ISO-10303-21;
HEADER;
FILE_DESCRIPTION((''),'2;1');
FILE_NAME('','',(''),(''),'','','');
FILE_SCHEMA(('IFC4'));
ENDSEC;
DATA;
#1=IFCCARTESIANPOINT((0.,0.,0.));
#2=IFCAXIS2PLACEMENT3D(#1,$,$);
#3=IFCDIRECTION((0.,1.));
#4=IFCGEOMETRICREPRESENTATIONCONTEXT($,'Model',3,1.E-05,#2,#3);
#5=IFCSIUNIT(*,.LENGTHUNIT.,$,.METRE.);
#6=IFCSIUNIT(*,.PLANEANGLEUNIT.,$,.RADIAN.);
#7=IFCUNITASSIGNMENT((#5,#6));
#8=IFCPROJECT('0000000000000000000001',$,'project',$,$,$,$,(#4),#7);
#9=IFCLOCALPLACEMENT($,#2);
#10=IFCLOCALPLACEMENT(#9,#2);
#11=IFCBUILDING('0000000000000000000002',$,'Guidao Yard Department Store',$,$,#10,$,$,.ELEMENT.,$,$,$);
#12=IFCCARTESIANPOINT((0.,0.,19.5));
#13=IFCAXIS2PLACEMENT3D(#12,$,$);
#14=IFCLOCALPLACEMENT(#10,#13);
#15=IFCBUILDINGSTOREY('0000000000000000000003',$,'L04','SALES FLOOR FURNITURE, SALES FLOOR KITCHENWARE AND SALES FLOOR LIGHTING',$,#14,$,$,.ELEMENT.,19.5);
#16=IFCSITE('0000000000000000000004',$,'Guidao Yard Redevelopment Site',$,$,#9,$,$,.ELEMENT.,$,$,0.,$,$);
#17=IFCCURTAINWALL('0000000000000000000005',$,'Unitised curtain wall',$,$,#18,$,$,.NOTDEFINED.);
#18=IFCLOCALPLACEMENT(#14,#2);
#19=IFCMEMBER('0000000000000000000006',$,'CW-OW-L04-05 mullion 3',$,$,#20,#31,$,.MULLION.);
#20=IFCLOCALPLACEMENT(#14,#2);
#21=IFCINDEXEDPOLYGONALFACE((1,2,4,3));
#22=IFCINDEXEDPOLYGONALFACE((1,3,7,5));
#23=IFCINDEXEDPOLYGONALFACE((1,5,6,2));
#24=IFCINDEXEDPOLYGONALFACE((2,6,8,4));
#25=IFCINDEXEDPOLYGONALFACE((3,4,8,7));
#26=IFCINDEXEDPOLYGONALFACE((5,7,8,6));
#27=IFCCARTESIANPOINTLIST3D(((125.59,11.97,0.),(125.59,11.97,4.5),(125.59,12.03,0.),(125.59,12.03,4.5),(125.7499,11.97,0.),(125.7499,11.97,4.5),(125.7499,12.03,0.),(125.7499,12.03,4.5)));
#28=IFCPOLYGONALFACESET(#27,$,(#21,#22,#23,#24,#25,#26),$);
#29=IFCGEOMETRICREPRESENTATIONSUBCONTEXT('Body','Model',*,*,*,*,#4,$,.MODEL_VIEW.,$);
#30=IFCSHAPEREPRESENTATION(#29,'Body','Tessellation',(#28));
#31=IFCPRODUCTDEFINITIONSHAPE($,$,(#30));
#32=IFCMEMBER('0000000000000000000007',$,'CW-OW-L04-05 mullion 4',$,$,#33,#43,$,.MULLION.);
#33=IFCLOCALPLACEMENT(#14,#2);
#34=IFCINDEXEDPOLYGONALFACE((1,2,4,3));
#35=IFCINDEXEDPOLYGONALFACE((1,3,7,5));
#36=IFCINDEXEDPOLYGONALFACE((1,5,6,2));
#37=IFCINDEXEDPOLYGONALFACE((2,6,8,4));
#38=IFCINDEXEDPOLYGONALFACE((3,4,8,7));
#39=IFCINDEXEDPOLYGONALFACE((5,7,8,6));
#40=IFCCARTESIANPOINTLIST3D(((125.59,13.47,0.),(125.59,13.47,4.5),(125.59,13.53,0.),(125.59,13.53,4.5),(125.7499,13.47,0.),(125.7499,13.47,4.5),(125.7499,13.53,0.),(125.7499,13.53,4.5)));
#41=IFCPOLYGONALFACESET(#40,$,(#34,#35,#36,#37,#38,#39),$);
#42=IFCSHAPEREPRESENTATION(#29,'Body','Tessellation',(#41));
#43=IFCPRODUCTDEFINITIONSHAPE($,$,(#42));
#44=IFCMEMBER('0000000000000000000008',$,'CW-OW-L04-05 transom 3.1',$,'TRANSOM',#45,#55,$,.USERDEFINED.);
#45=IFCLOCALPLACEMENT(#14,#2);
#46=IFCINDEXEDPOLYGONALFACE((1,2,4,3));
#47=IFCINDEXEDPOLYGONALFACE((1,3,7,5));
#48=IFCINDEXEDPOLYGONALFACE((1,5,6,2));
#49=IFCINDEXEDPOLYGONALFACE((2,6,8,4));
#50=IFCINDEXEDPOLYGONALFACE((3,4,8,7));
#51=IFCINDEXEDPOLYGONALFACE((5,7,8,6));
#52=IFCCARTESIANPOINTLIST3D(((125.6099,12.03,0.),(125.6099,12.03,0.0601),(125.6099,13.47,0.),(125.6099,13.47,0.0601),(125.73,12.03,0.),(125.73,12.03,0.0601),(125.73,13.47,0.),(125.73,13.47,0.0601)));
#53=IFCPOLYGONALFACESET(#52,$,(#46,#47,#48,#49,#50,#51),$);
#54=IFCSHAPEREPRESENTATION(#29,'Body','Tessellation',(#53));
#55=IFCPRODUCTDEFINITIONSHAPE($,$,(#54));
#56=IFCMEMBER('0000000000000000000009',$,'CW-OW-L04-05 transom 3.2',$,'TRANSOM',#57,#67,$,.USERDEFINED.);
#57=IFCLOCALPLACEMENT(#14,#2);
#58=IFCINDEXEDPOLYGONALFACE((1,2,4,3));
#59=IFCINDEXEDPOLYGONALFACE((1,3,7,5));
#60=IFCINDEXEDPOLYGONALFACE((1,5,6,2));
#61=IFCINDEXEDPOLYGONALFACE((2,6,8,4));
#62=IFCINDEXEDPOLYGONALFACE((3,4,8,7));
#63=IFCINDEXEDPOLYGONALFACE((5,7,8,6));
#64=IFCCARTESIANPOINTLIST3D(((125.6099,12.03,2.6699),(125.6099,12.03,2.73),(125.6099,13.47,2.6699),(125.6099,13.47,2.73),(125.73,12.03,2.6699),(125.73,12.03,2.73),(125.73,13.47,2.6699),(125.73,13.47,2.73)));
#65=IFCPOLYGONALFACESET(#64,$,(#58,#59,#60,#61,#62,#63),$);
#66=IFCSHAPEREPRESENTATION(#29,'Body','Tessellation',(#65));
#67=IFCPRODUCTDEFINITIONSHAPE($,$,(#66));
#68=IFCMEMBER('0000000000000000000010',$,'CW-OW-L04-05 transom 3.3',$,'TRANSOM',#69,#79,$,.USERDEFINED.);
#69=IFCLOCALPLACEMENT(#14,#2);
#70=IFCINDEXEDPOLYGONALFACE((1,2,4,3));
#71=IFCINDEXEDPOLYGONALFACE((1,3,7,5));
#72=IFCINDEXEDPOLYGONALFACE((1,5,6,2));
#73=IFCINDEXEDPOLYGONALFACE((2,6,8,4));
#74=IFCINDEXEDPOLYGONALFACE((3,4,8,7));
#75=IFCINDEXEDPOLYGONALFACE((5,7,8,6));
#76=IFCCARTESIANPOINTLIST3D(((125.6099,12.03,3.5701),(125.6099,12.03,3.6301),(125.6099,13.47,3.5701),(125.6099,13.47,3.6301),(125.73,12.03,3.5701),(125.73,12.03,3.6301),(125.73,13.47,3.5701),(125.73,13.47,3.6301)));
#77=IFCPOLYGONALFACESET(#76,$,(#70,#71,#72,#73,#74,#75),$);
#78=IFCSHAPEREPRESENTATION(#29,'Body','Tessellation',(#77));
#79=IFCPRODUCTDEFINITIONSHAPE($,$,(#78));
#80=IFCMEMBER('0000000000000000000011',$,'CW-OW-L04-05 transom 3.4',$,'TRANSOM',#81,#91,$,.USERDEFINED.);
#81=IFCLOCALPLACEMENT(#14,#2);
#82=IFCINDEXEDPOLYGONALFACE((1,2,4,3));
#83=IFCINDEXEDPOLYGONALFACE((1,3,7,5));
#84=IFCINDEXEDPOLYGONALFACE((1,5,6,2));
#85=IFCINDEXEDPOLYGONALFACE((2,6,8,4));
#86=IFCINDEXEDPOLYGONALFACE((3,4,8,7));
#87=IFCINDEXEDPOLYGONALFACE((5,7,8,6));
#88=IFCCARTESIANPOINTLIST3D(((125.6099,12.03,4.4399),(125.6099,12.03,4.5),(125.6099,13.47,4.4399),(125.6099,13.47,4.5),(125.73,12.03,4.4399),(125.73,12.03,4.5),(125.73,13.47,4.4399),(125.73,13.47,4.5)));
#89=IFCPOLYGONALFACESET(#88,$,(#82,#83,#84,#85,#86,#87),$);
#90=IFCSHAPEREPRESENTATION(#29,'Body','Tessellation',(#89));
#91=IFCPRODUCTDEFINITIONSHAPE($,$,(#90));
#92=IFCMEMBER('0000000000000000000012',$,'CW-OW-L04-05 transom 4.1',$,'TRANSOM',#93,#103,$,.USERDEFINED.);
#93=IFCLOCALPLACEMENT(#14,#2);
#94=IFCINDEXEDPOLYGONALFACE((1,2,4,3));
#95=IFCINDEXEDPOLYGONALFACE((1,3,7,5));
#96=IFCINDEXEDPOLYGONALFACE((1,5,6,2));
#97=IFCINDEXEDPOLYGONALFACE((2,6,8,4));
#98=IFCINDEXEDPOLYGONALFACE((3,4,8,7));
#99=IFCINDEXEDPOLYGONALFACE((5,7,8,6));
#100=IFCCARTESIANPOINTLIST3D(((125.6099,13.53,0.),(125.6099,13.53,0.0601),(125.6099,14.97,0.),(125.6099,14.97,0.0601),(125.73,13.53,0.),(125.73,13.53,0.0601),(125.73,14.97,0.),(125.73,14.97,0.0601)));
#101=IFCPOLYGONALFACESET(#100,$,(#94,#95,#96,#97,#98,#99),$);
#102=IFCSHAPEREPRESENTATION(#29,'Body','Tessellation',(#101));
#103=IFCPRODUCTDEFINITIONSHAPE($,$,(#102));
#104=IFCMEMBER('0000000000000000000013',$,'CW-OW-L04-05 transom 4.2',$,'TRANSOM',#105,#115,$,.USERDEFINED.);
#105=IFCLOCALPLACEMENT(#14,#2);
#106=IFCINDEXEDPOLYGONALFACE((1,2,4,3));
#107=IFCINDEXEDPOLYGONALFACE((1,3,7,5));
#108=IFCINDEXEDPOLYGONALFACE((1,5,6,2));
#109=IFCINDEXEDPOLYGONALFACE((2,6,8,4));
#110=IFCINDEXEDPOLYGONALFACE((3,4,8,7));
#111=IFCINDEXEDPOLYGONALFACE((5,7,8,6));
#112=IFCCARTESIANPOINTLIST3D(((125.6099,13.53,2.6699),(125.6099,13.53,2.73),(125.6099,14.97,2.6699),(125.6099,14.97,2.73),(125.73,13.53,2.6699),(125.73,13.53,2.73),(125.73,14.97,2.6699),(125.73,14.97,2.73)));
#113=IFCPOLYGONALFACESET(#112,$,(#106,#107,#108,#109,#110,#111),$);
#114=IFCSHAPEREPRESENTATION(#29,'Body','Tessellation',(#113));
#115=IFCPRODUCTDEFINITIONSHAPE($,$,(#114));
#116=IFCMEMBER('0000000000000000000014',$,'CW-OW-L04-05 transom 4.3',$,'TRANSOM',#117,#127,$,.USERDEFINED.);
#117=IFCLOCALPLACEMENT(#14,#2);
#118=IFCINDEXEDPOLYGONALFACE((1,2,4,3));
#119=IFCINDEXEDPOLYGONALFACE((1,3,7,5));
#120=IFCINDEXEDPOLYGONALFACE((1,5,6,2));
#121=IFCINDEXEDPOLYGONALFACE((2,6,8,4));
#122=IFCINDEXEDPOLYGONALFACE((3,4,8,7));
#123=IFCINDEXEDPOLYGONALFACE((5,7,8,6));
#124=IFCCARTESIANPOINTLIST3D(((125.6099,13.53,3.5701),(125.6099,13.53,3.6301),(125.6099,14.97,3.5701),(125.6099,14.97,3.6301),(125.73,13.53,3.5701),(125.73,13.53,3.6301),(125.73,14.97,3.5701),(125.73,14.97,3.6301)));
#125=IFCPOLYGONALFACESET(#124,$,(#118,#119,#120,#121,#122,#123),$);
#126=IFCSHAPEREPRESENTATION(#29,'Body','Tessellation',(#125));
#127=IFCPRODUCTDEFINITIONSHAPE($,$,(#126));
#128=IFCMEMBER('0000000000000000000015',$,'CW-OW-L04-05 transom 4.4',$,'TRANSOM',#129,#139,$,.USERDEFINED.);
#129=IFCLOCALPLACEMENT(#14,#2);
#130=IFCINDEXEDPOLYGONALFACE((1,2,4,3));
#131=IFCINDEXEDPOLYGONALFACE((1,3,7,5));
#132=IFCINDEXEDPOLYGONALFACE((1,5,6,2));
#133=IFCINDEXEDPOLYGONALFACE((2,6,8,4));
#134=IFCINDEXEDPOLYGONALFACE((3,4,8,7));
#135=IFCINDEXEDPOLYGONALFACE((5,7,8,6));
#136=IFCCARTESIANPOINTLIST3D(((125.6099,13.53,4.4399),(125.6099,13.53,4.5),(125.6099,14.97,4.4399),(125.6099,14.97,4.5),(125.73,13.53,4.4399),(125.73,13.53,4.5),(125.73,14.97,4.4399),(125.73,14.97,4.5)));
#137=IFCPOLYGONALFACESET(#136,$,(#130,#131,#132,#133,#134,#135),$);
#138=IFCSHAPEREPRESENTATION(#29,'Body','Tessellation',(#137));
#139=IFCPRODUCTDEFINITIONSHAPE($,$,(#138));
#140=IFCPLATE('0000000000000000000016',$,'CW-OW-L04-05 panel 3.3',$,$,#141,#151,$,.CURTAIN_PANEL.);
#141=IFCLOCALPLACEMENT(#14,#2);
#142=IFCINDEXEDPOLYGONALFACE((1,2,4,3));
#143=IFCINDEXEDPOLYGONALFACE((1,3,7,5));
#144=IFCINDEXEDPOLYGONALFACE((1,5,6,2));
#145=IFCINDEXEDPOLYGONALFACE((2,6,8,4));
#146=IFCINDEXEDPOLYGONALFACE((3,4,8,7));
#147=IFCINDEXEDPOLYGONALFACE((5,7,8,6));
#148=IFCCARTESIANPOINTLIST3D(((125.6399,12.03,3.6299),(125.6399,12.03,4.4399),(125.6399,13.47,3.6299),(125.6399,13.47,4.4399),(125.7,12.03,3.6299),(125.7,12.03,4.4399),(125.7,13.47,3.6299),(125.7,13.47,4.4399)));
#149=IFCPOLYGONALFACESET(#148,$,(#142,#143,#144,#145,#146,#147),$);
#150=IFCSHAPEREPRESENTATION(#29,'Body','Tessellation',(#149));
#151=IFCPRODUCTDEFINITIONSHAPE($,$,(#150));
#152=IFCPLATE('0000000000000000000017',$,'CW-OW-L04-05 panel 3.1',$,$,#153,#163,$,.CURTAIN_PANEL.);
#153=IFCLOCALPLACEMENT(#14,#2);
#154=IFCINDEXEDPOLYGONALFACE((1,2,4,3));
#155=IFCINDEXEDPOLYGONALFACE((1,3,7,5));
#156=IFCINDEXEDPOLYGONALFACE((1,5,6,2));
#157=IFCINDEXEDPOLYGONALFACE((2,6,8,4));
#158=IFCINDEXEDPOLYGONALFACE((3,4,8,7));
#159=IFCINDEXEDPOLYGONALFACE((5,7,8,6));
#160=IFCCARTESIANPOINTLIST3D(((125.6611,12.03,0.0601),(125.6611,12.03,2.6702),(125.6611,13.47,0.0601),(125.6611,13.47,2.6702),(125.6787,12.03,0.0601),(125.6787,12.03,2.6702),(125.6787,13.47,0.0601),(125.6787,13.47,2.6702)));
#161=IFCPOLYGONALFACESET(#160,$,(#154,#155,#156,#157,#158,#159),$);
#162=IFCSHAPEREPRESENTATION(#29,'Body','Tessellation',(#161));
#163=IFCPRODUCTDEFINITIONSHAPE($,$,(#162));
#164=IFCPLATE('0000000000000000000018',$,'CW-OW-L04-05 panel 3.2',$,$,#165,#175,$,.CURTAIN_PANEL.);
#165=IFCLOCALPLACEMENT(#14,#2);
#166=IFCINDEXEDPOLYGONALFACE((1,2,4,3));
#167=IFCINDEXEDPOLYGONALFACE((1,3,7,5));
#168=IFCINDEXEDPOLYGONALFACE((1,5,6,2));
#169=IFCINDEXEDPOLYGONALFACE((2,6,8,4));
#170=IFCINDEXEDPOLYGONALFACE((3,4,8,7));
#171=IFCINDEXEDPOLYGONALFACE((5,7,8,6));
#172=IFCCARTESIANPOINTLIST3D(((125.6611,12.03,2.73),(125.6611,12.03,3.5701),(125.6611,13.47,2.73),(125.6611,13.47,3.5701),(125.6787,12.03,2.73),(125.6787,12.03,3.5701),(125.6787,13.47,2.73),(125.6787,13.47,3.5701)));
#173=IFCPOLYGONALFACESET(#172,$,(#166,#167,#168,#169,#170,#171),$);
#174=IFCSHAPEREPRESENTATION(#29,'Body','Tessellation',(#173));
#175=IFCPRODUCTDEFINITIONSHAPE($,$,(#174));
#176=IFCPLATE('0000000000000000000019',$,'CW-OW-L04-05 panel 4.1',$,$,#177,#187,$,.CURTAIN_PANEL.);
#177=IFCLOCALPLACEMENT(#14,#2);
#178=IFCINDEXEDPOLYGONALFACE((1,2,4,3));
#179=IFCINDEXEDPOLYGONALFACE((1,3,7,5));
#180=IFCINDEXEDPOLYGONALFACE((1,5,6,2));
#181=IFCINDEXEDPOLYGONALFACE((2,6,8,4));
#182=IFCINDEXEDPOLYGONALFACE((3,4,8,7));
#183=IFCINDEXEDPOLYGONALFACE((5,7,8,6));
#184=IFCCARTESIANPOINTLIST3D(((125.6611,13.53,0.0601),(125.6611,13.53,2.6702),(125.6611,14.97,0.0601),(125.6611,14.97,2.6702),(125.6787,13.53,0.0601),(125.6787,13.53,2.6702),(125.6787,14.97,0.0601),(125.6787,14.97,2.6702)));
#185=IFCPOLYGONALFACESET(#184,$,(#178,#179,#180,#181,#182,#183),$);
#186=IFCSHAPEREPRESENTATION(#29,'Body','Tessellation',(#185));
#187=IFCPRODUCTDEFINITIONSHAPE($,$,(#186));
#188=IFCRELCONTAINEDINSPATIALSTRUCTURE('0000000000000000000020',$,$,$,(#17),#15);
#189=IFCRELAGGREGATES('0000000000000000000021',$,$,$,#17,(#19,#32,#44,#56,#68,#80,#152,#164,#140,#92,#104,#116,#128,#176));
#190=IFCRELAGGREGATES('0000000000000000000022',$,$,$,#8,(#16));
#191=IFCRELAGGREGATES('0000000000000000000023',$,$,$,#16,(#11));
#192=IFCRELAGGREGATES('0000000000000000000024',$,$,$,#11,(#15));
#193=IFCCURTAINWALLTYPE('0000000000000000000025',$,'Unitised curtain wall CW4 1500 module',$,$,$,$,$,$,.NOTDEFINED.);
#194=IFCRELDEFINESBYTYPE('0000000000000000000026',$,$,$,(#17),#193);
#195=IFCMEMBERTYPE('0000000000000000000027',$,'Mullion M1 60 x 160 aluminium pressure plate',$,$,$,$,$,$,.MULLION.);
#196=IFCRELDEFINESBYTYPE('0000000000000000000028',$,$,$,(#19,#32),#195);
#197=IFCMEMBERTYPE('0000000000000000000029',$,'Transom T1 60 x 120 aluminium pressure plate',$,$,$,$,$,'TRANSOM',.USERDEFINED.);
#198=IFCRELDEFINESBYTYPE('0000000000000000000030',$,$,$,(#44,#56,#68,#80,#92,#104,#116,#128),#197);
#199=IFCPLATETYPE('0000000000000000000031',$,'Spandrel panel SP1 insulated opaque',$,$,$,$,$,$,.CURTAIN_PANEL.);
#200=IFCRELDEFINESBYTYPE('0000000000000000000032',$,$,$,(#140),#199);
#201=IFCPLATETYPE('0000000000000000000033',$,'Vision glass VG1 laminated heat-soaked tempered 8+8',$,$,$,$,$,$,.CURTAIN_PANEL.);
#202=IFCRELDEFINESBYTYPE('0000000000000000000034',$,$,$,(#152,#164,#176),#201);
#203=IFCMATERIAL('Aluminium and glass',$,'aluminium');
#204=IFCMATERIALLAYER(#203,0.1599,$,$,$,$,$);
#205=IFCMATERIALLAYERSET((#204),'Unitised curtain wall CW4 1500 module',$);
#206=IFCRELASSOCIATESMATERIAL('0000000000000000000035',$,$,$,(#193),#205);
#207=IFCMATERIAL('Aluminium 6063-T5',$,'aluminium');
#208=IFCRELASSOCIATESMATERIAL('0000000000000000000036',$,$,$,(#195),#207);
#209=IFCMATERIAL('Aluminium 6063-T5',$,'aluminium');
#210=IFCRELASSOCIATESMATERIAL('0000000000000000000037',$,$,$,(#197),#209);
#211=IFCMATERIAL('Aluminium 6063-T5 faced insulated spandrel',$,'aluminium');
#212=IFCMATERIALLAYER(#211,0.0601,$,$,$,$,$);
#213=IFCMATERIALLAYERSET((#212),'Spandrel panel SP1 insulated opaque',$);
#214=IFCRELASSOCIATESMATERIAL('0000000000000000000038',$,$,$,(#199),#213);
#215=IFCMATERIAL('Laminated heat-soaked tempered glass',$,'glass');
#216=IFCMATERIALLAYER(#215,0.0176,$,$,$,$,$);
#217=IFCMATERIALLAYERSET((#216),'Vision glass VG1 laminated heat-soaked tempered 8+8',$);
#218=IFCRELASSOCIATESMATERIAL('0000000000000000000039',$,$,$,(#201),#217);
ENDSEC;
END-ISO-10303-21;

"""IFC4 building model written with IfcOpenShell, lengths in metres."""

from ifc_helpers import new_model, si_unit, direction, frame, origin, origin_2d, place, context, subcontext, project, spatial, rectangle, extrude, material, layer, layer_set, material_profile, profile_set, type_object, element, aggregate, save


model = new_model("IFC4")

# Units and contexts
model_context = context("Model", 3, precision=1e-05, world=origin(), true_north=direction((0.0, 1.0)))
body_context = subcontext(model_context, "Body", "Model", "MODEL_VIEW")
ifc_project = project(units=[si_unit("LENGTHUNIT", "METRE"), si_unit("PLANEANGLEUNIT", "RADIAN")], contexts=[model_context])

# Site, building, storey
site_placement = place(None, origin())
site = spatial("IfcSite", under=ifc_project, at=site_placement, Name="Guidao Yard Redevelopment Site", CompositionType="ELEMENT", RefElevation=0.0)
building_placement = place(site_placement, origin())
building = spatial("IfcBuilding", under=site, at=building_placement, Name="Guidao Yard Department Store", CompositionType="ELEMENT")
storey_placement = place(building_placement, frame((0.0, 0.0, 19.5)))
storey = spatial("IfcBuildingStorey", under=building, at=storey_placement, Name="L04", Description="SALES FLOOR FURNITURE, SALES FLOOR KITCHENWARE AND SALES FLOOR LIGHTING", CompositionType="ELEMENT", Elevation=19.5)

# Curtain wall, members, plates
ifc_material_1 = material(Name="Aluminium and glass", Category="aluminium")
ifc_layer_1 = layer(ifc_material_1, 0.1599)
ifc_layer_set_1 = layer_set([ifc_layer_1], Name="Unitised curtain wall CW4 1500 module")
curtain_wall_type = type_object("IfcCurtainWallType", Name="Unitised curtain wall CW4 1500 module", PredefinedType="NOTDEFINED", material=ifc_layer_set_1)
curtain_wall_placement = place(storey_placement, origin())
curtain_wall = element("IfcCurtainWall", 1, at=curtain_wall_placement, inside=storey, type_object=curtain_wall_type, Name="Unitised curtain wall", PredefinedType="NOTDEFINED")
ifc_material_2 = material(Name="Aluminium 6063-T5", Category="aluminium")
ifc_material_profile_1 = material_profile(ifc_material_2, rectangle(XDim=0.0601, YDim=0.1599, at=origin_2d()), Name="Mullion M1 60 x 160 aluminium pressure plate")
ifc_profile_set_1 = profile_set([ifc_material_profile_1], Name="Aluminium 6063-T5")
member_type_1 = type_object("IfcMemberType", Name="Mullion M1 60 x 160 aluminium pressure plate", PredefinedType="MULLION", material=ifc_profile_set_1)
member_1_placement = place(storey_placement, frame((125.6699, 12.0, 0.0), z_axis=(0.0, 0.0, 1.0), x_axis=(0.0, 1.0, 0.0)))
member_1 = element("IfcMember", 2, at=member_1_placement, type_object=member_type_1, Name="CW-OW-L04-05 mullion 3", PredefinedType="MULLION", context=body_context, shape_type="SweptSolid", body=[
    extrude(rectangle(XDim=0.0601, YDim=0.1599, at=origin_2d()), origin(), (0.0, 0.0, 1.0), 4.5),
])
member_2_placement = place(storey_placement, frame((125.6699, 13.5, 0.0), z_axis=(0.0, 0.0, 1.0), x_axis=(0.0, 1.0, 0.0)))
member_2 = element("IfcMember", 3, at=member_2_placement, type_object=member_type_1, Name="CW-OW-L04-05 mullion 4", PredefinedType="MULLION", context=body_context, shape_type="SweptSolid", body=[
    extrude(rectangle(XDim=0.0601, YDim=0.1599, at=origin_2d()), origin(), (0.0, 0.0, 1.0), 4.5),
])
ifc_material_3 = material(Name="Aluminium 6063-T5", Category="aluminium")
ifc_material_profile_2 = material_profile(ifc_material_3, rectangle(XDim=0.1201, YDim=0.0601, at=origin_2d()), Name="Transom T1 60 x 120 aluminium pressure plate")
ifc_profile_set_2 = profile_set([ifc_material_profile_2], Name="Aluminium 6063-T5")
member_type_2 = type_object("IfcMemberType", Name="Transom T1 60 x 120 aluminium pressure plate", ElementType="TRANSOM", PredefinedType="USERDEFINED", material=ifc_profile_set_2)
member_3_placement = place(storey_placement, frame((125.6699, 12.03, 0.03), z_axis=(0.0, 1.0, 0.0), x_axis=(-1.0, 0.0, 0.0)))
member_3 = element("IfcMember", 4, at=member_3_placement, type_object=member_type_2, Name="CW-OW-L04-05 transom 3.1", ObjectType="TRANSOM", PredefinedType="USERDEFINED", context=body_context, shape_type="SweptSolid", body=[
    extrude(rectangle(XDim=0.1201, YDim=0.0601, at=origin_2d()), origin(), (0.0, 0.0, 1.0), 1.4399),
])
member_4_placement = place(storey_placement, frame((125.6699, 12.03, 2.7), z_axis=(0.0, 1.0, 0.0), x_axis=(-1.0, 0.0, 0.0)))
member_4 = element("IfcMember", 5, at=member_4_placement, type_object=member_type_2, Name="CW-OW-L04-05 transom 3.2", ObjectType="TRANSOM", PredefinedType="USERDEFINED", context=body_context, shape_type="SweptSolid", body=[
    extrude(rectangle(XDim=0.1201, YDim=0.0601, at=origin_2d()), origin(), (0.0, 0.0, 1.0), 1.4399),
])
member_5_placement = place(storey_placement, frame((125.6699, 12.03, 3.6001), z_axis=(0.0, 1.0, 0.0), x_axis=(-1.0, 0.0, 0.0)))
member_5 = element("IfcMember", 6, at=member_5_placement, type_object=member_type_2, Name="CW-OW-L04-05 transom 3.3", ObjectType="TRANSOM", PredefinedType="USERDEFINED", context=body_context, shape_type="SweptSolid", body=[
    extrude(rectangle(XDim=0.1201, YDim=0.0601, at=origin_2d()), origin(), (0.0, 0.0, 1.0), 1.4399),
])
member_6_placement = place(storey_placement, frame((125.6699, 12.03, 4.47), z_axis=(0.0, 1.0, 0.0), x_axis=(-1.0, 0.0, 0.0)))
member_6 = element("IfcMember", 7, at=member_6_placement, type_object=member_type_2, Name="CW-OW-L04-05 transom 3.4", ObjectType="TRANSOM", PredefinedType="USERDEFINED", context=body_context, shape_type="SweptSolid", body=[
    extrude(rectangle(XDim=0.1201, YDim=0.0601, at=origin_2d()), origin(), (0.0, 0.0, 1.0), 1.4399),
])
member_7_placement = place(storey_placement, frame((125.6699, 13.53, 0.03), z_axis=(0.0, 1.0, 0.0), x_axis=(-1.0, 0.0, 0.0)))
member_7 = element("IfcMember", 8, at=member_7_placement, type_object=member_type_2, Name="CW-OW-L04-05 transom 4.1", ObjectType="TRANSOM", PredefinedType="USERDEFINED", context=body_context, shape_type="SweptSolid", body=[
    extrude(rectangle(XDim=0.1201, YDim=0.0601, at=origin_2d()), origin(), (0.0, 0.0, 1.0), 1.4399),
])
member_8_placement = place(storey_placement, frame((125.6699, 13.53, 2.7), z_axis=(0.0, 1.0, 0.0), x_axis=(-1.0, 0.0, 0.0)))
member_8 = element("IfcMember", 9, at=member_8_placement, type_object=member_type_2, Name="CW-OW-L04-05 transom 4.2", ObjectType="TRANSOM", PredefinedType="USERDEFINED", context=body_context, shape_type="SweptSolid", body=[
    extrude(rectangle(XDim=0.1201, YDim=0.0601, at=origin_2d()), origin(), (0.0, 0.0, 1.0), 1.4399),
])
member_9_placement = place(storey_placement, frame((125.6699, 13.53, 3.6001), z_axis=(0.0, 1.0, 0.0), x_axis=(-1.0, 0.0, 0.0)))
member_9 = element("IfcMember", 10, at=member_9_placement, type_object=member_type_2, Name="CW-OW-L04-05 transom 4.3", ObjectType="TRANSOM", PredefinedType="USERDEFINED", context=body_context, shape_type="SweptSolid", body=[
    extrude(rectangle(XDim=0.1201, YDim=0.0601, at=origin_2d()), origin(), (0.0, 0.0, 1.0), 1.4399),
])
member_10_placement = place(storey_placement, frame((125.6699, 13.53, 4.47), z_axis=(0.0, 1.0, 0.0), x_axis=(-1.0, 0.0, 0.0)))
member_10 = element("IfcMember", 11, at=member_10_placement, type_object=member_type_2, Name="CW-OW-L04-05 transom 4.4", ObjectType="TRANSOM", PredefinedType="USERDEFINED", context=body_context, shape_type="SweptSolid", body=[
    extrude(rectangle(XDim=0.1201, YDim=0.0601, at=origin_2d()), origin(), (0.0, 0.0, 1.0), 1.4399),
])
ifc_material_4 = material(Name="Aluminium 6063-T5 faced insulated spandrel", Category="aluminium")
ifc_layer_2 = layer(ifc_material_4, 0.0601)
ifc_layer_set_2 = layer_set([ifc_layer_2], Name="Spandrel panel SP1 insulated opaque")
plate_type_1 = type_object("IfcPlateType", Name="Spandrel panel SP1 insulated opaque", PredefinedType="CURTAIN_PANEL", material=ifc_layer_set_2)
plate_1_placement = place(storey_placement, frame((125.6699, 12.75, 3.6299), z_axis=(0.0, 0.0, 1.0), x_axis=(0.0, 1.0, 0.0)))
plate_1 = element("IfcPlate", 12, at=plate_1_placement, type_object=plate_type_1, Name="CW-OW-L04-05 panel 3.3", PredefinedType="CURTAIN_PANEL", context=body_context, shape_type="SweptSolid", body=[
    extrude(rectangle(XDim=1.4399, YDim=0.0601, at=origin_2d()), origin(), (0.0, 0.0, 1.0), 0.8101),
])
ifc_material_5 = material(Name="Laminated heat-soaked tempered glass", Category="glass")
ifc_layer_3 = layer(ifc_material_5, 0.0176)
ifc_layer_set_3 = layer_set([ifc_layer_3], Name="Vision glass VG1 laminated heat-soaked tempered 8+8")
plate_type_2 = type_object("IfcPlateType", Name="Vision glass VG1 laminated heat-soaked tempered 8+8", PredefinedType="CURTAIN_PANEL", material=ifc_layer_set_3)
plate_2_placement = place(storey_placement, frame((125.6699, 12.75, 0.0601), z_axis=(0.0, 0.0, 1.0), x_axis=(0.0, 1.0, 0.0)))
plate_2 = element("IfcPlate", 13, at=plate_2_placement, type_object=plate_type_2, Name="CW-OW-L04-05 panel 3.1", PredefinedType="CURTAIN_PANEL", context=body_context, shape_type="SweptSolid", body=[
    extrude(rectangle(XDim=1.4399, YDim=0.0176, at=origin_2d()), origin(), (0.0, 0.0, 1.0), 2.6101),
])
plate_3_placement = place(storey_placement, frame((125.6699, 12.75, 2.73), z_axis=(0.0, 0.0, 1.0), x_axis=(0.0, 1.0, 0.0)))
plate_3 = element("IfcPlate", 14, at=plate_3_placement, type_object=plate_type_2, Name="CW-OW-L04-05 panel 3.2", PredefinedType="CURTAIN_PANEL", context=body_context, shape_type="SweptSolid", body=[
    extrude(rectangle(XDim=1.4399, YDim=0.0176, at=origin_2d()), origin(), (0.0, 0.0, 1.0), 0.8401),
])
plate_4_placement = place(storey_placement, frame((125.6699, 14.25, 0.0601), z_axis=(0.0, 0.0, 1.0), x_axis=(0.0, 1.0, 0.0)))
plate_4 = element("IfcPlate", 15, at=plate_4_placement, type_object=plate_type_2, Name="CW-OW-L04-05 panel 4.1", PredefinedType="CURTAIN_PANEL", context=body_context, shape_type="SweptSolid", body=[
    extrude(rectangle(XDim=1.4399, YDim=0.0176, at=origin_2d()), origin(), (0.0, 0.0, 1.0), 2.6101),
])
aggregate(curtain_wall, [member_1, member_2, member_3, member_4, member_5, member_6, plate_2, plate_3, plate_1, member_7, member_8, member_9, member_10, plate_4])

save(model, "model.ifc")
